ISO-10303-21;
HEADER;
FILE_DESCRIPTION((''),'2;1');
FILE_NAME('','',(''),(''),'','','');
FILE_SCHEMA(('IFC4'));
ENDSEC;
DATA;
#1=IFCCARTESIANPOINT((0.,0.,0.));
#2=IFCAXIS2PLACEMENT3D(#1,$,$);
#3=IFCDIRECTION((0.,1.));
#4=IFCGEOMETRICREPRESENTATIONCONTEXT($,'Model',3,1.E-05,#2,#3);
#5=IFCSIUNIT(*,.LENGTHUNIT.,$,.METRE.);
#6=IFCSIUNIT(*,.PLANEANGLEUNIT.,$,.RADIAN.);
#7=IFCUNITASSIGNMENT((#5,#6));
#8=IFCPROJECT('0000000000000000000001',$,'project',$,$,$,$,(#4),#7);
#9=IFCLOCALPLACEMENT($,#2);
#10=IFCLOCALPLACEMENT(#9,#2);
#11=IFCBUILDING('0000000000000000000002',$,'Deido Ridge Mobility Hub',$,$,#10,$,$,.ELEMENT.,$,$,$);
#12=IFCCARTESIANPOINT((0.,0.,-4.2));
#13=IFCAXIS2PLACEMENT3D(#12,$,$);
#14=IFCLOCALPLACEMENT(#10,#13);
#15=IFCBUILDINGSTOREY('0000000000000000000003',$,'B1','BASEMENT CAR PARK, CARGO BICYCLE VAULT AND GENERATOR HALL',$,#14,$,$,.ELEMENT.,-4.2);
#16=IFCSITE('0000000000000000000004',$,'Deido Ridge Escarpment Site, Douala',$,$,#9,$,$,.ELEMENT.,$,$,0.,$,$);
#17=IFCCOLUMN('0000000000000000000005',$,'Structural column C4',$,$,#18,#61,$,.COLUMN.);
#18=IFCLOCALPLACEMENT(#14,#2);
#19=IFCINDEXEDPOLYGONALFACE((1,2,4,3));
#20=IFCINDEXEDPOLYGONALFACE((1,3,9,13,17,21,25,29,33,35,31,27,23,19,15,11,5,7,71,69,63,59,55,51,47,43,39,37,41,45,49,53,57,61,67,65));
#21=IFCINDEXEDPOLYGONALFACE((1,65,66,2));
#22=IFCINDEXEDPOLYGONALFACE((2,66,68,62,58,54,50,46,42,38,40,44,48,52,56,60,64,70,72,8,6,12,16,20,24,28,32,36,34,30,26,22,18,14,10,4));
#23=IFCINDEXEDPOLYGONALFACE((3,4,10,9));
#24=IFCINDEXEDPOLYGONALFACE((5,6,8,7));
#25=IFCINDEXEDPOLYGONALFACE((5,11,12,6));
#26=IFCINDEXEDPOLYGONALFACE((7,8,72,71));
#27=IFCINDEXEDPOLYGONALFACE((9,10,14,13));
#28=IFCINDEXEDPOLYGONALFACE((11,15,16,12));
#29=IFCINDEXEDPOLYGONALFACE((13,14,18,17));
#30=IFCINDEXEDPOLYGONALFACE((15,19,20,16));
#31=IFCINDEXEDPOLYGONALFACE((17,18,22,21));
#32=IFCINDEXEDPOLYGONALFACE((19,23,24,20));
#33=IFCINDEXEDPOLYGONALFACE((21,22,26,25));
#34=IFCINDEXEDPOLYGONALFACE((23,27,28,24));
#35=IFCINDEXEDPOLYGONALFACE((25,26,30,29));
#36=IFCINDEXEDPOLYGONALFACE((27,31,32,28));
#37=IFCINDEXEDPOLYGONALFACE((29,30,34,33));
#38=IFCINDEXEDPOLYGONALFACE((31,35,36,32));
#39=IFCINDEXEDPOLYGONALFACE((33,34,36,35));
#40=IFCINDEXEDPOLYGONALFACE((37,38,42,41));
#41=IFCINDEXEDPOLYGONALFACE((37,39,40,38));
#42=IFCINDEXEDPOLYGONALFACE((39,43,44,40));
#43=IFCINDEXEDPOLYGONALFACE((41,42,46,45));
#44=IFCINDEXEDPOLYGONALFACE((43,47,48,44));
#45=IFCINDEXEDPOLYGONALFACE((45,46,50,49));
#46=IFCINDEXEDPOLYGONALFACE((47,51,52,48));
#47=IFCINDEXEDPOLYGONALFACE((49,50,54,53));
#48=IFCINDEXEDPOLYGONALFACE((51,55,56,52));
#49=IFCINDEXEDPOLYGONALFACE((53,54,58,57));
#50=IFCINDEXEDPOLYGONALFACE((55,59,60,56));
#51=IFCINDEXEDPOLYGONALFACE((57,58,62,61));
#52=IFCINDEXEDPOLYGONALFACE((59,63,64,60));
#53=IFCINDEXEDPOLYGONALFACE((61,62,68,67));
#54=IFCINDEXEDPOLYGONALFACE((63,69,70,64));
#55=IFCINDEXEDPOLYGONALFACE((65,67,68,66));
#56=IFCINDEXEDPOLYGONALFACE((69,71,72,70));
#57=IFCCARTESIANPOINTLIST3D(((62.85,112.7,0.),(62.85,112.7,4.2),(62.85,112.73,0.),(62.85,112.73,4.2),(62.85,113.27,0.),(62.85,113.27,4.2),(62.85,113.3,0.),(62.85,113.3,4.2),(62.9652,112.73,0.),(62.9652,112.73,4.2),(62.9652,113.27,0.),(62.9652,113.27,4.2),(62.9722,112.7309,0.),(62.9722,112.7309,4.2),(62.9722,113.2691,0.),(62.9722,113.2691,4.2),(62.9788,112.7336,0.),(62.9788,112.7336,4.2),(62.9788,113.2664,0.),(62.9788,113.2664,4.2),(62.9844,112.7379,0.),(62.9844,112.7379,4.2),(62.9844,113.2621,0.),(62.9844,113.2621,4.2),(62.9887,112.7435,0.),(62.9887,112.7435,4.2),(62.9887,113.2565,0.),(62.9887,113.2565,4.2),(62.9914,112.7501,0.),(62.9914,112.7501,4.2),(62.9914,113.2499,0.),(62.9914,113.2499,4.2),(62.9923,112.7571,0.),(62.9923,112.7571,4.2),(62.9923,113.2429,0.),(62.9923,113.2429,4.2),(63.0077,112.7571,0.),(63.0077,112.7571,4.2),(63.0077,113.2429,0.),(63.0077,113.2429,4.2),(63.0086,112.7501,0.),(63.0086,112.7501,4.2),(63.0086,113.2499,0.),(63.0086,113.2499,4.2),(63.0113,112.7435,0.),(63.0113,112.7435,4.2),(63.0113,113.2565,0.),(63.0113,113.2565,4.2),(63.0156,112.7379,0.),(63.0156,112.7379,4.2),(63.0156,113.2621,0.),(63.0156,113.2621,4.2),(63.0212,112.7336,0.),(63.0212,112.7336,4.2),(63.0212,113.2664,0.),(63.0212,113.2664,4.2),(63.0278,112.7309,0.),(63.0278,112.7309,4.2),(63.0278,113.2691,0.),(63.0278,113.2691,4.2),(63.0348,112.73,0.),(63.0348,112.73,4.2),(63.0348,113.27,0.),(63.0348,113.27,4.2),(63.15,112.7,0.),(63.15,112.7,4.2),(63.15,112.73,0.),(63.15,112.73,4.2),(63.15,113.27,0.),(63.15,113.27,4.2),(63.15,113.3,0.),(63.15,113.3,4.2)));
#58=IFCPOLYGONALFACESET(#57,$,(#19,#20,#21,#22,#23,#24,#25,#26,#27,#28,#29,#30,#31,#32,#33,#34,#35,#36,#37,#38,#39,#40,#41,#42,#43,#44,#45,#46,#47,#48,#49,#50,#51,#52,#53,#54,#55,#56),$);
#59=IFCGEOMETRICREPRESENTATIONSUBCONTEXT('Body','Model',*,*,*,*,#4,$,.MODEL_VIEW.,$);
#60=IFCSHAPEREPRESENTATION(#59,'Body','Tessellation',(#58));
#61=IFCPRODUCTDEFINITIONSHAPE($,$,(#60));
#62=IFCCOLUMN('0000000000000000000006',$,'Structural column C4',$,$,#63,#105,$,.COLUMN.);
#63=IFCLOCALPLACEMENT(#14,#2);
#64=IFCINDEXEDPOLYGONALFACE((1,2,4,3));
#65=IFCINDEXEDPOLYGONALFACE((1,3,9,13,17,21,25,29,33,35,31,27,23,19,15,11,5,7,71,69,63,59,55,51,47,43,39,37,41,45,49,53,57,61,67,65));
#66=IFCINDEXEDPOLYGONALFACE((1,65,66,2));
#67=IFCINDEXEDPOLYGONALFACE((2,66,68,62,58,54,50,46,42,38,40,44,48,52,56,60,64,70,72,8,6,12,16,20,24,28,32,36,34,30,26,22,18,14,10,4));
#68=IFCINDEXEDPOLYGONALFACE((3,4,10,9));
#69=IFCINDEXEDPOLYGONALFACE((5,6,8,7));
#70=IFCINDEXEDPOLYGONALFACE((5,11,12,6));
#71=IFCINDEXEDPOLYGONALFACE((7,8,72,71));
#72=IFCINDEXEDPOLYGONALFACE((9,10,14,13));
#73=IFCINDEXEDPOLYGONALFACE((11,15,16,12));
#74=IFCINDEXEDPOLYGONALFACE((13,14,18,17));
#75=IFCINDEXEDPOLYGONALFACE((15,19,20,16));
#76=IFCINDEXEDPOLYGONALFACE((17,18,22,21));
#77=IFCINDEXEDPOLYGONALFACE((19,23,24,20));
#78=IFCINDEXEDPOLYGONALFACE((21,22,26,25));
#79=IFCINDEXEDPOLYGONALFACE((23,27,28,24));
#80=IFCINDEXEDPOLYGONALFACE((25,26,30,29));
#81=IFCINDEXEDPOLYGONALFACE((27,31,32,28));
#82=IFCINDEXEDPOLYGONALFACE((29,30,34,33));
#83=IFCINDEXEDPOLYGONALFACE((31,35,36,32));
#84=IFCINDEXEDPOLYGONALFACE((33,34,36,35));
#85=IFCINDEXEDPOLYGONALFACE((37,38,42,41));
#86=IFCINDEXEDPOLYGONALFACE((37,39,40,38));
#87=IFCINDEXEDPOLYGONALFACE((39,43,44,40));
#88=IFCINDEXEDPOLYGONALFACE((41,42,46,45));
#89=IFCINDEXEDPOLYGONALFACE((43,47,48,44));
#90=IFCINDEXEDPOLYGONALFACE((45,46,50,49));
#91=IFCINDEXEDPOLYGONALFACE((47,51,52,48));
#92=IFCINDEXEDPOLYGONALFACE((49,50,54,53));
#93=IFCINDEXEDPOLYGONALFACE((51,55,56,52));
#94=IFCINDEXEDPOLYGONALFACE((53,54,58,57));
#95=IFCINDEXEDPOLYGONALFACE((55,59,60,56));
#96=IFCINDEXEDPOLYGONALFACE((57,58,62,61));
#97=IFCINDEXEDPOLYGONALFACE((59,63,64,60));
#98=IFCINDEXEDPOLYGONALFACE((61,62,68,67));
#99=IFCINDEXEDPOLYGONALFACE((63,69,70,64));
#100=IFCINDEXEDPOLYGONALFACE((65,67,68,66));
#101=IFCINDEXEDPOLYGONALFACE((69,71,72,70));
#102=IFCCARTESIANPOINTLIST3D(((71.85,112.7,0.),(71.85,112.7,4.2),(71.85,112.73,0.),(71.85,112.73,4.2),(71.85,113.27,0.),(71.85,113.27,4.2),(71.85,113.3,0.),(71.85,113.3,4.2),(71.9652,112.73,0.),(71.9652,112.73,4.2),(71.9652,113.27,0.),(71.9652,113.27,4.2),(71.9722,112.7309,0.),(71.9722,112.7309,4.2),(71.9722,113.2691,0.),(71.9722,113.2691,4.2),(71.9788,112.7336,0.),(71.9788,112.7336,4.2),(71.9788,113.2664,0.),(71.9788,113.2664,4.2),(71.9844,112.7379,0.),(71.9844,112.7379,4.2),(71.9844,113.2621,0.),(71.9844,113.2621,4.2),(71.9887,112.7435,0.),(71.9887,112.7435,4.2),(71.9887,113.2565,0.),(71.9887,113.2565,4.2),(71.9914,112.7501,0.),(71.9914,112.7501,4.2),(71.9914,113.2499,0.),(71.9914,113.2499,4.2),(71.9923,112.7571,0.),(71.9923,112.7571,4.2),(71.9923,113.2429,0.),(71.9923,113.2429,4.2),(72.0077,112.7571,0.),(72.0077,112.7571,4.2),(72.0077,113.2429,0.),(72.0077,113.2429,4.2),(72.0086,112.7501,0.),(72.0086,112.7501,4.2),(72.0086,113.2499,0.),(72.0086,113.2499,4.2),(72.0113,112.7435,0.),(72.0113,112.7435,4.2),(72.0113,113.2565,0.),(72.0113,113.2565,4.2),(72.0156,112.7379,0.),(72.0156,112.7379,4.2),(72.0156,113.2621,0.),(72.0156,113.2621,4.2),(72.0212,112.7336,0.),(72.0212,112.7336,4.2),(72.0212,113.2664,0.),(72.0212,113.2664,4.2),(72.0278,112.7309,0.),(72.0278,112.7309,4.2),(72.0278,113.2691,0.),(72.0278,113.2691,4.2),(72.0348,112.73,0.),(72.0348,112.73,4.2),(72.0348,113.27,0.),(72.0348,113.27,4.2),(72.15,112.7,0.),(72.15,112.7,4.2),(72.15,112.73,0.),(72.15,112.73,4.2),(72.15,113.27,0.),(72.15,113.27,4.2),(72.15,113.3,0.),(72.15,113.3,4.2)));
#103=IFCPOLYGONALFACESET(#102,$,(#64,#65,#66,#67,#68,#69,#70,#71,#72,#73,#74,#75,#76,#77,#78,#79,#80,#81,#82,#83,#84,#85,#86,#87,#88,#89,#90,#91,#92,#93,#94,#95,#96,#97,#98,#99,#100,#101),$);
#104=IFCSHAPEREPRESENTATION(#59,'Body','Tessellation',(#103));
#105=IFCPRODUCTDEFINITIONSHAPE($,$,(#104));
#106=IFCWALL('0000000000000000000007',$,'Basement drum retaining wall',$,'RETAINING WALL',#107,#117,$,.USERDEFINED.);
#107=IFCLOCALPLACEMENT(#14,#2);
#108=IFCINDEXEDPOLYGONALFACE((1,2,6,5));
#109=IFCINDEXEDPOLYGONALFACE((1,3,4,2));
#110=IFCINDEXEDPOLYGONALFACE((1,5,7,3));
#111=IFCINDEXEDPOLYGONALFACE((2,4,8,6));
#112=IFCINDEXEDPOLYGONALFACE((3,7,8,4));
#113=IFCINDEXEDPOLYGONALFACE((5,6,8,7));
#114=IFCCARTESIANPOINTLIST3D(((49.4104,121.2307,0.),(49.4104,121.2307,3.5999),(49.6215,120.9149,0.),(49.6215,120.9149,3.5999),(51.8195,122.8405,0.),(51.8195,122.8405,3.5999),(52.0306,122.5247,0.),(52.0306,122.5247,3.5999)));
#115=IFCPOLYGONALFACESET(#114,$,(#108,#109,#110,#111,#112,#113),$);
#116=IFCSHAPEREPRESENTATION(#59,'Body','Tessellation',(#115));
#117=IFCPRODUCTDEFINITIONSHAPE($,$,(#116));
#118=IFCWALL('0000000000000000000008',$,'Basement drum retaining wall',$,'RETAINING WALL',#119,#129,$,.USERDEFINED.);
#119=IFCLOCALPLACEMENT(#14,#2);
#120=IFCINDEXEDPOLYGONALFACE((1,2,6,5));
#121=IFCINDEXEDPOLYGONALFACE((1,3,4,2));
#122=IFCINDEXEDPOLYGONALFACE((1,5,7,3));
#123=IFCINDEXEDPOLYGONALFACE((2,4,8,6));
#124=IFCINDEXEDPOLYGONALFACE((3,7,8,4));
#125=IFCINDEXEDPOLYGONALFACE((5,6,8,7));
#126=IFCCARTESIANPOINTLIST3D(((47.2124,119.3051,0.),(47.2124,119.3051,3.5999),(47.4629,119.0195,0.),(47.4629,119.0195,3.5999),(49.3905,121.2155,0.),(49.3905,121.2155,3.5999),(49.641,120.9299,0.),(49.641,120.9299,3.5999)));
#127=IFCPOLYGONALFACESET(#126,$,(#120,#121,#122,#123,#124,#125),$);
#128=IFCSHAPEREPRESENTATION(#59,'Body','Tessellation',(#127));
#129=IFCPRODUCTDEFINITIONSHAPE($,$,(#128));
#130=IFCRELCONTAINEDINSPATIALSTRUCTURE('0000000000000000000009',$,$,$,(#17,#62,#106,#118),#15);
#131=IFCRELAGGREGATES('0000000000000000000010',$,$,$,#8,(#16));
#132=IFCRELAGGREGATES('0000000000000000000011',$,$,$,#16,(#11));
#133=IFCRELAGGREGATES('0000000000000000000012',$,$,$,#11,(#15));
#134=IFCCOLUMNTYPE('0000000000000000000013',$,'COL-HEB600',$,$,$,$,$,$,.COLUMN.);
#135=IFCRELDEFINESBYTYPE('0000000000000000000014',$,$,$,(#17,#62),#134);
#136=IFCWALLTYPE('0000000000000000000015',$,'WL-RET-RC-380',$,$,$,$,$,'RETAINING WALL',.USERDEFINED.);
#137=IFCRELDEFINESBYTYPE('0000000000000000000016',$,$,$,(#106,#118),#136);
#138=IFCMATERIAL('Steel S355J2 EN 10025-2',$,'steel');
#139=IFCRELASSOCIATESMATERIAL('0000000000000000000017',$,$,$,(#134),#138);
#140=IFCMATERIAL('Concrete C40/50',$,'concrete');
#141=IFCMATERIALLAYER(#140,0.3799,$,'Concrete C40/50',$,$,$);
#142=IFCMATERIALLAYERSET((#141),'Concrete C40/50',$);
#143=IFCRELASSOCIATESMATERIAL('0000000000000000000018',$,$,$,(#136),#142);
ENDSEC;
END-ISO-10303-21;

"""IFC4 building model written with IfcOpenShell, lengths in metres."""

from ifc_helpers import new_model, si_unit, direction, frame, frame_2d, origin, origin_2d, place, context, subcontext, project, spatial, rectangle, i_section, extrude, material, layer, layer_set, material_profile, profile_set, type_object, element, save


model = new_model("IFC4")

# Units and contexts
model_context = context("Model", 3, precision=1e-05, world=origin(), true_north=direction((0.0, 1.0)))
body_context = subcontext(model_context, "Body", "Model", "MODEL_VIEW")
ifc_project = project(units=[si_unit("LENGTHUNIT", "METRE"), si_unit("PLANEANGLEUNIT", "RADIAN")], contexts=[model_context])

# Site, building, storey
site_placement = place(None, origin())
site = spatial("IfcSite", under=ifc_project, at=site_placement, Name="Deido Ridge Escarpment Site, Douala", CompositionType="ELEMENT", RefElevation=0.0)
building_placement = place(site_placement, origin())
building = spatial("IfcBuilding", under=site, at=building_placement, Name="Deido Ridge Mobility Hub", CompositionType="ELEMENT")
storey_placement = place(building_placement, frame((0.0, 0.0, -4.2)))
storey = spatial("IfcBuildingStorey", under=building, at=storey_placement, Name="B1", Description="BASEMENT CAR PARK, CARGO BICYCLE VAULT AND GENERATOR HALL", CompositionType="ELEMENT", Elevation=-4.2)

# Shared definitions
ifc_material_1 = material(Name="Concrete C40/50", Category="concrete")

# Columns
ifc_material_2 = material(Name="Steel S355J2 EN 10025-2", Category="steel")
ifc_material_profile_1 = material_profile(ifc_material_2, i_section(OverallWidth=0.3, OverallDepth=0.6001, WebThickness=0.0154, FlangeThickness=0.03, FilletRadius=0.0271, at=origin_2d()), Name="HEB 600")
ifc_profile_set_1 = profile_set([ifc_material_profile_1], Name="Steel S355J2 EN 10025-2")
column_type = type_object("IfcColumnType", Name="COL-HEB600", PredefinedType="COLUMN", material=ifc_profile_set_1)
for number, where, z_axis, x_axis, name in (
    (1, (63.0, 113.0, 0.0), (0.0, 0.0, 1.0), (1.0, 0.0, 0.0), "Structural column C4"),
    (2, (72.0, 113.0, 0.0), (0.0, 0.0, 1.0), (1.0, 0.0, 0.0), "Structural column C4"),
):
    element("IfcColumn", number, at=place(storey_placement, frame(where, z_axis=z_axis, x_axis=x_axis)), inside=storey, type_object=column_type, Name=name, PredefinedType="COLUMN", context=body_context, shape_type="SweptSolid", body=[
        extrude(i_section(OverallWidth=0.3, OverallDepth=0.6001, WebThickness=0.0154, FlangeThickness=0.03, FilletRadius=0.0271, at=origin_2d()), origin(), (0.0, 0.0, 1.0), 4.2),
    ])

# Walls
ifc_layer = layer(ifc_material_1, 0.3799, Name="Concrete C40/50")
ifc_layer_set = layer_set([ifc_layer], Name="Concrete C40/50")
wall_type = type_object("IfcWallType", Name="WL-RET-RC-380", ElementType="RETAINING WALL", PredefinedType="USERDEFINED", material=ifc_layer_set)
wall_1_placement = place(storey_placement, frame((51.925, 122.6826, 0.0), z_axis=(0.0, 0.0, 1.0), x_axis=(-0.831454, -0.555594, 0.0)))
element("IfcWall", 3, at=wall_1_placement, inside=storey, type_object=wall_type, Name="Basement drum retaining wall", ObjectType="RETAINING WALL", PredefinedType="USERDEFINED", context=body_context, shape_type="SweptSolid", body=[
    extrude(rectangle(XDim=2.8975, YDim=0.3799, at=frame_2d((1.4487, 0.0))), origin(), (0.0, 0.0, 1.0), 3.5999),
])
wall_2_placement = place(storey_placement, frame((49.5159, 121.0728, 0.0), z_axis=(0.0, 0.0, 1.0), x_axis=(-0.751814, -0.659375, 0.0)))
element("IfcWall", 4, at=wall_2_placement, inside=storey, type_object=wall_type, Name="Basement drum retaining wall", ObjectType="RETAINING WALL", PredefinedType="USERDEFINED", context=body_context, shape_type="SweptSolid", body=[
    extrude(rectangle(XDim=2.8972, YDim=0.3799, at=frame_2d((1.4487, 0.0))), origin(), (0.0, 0.0, 1.0), 3.5999),
])

save(model, "model.ifc")
